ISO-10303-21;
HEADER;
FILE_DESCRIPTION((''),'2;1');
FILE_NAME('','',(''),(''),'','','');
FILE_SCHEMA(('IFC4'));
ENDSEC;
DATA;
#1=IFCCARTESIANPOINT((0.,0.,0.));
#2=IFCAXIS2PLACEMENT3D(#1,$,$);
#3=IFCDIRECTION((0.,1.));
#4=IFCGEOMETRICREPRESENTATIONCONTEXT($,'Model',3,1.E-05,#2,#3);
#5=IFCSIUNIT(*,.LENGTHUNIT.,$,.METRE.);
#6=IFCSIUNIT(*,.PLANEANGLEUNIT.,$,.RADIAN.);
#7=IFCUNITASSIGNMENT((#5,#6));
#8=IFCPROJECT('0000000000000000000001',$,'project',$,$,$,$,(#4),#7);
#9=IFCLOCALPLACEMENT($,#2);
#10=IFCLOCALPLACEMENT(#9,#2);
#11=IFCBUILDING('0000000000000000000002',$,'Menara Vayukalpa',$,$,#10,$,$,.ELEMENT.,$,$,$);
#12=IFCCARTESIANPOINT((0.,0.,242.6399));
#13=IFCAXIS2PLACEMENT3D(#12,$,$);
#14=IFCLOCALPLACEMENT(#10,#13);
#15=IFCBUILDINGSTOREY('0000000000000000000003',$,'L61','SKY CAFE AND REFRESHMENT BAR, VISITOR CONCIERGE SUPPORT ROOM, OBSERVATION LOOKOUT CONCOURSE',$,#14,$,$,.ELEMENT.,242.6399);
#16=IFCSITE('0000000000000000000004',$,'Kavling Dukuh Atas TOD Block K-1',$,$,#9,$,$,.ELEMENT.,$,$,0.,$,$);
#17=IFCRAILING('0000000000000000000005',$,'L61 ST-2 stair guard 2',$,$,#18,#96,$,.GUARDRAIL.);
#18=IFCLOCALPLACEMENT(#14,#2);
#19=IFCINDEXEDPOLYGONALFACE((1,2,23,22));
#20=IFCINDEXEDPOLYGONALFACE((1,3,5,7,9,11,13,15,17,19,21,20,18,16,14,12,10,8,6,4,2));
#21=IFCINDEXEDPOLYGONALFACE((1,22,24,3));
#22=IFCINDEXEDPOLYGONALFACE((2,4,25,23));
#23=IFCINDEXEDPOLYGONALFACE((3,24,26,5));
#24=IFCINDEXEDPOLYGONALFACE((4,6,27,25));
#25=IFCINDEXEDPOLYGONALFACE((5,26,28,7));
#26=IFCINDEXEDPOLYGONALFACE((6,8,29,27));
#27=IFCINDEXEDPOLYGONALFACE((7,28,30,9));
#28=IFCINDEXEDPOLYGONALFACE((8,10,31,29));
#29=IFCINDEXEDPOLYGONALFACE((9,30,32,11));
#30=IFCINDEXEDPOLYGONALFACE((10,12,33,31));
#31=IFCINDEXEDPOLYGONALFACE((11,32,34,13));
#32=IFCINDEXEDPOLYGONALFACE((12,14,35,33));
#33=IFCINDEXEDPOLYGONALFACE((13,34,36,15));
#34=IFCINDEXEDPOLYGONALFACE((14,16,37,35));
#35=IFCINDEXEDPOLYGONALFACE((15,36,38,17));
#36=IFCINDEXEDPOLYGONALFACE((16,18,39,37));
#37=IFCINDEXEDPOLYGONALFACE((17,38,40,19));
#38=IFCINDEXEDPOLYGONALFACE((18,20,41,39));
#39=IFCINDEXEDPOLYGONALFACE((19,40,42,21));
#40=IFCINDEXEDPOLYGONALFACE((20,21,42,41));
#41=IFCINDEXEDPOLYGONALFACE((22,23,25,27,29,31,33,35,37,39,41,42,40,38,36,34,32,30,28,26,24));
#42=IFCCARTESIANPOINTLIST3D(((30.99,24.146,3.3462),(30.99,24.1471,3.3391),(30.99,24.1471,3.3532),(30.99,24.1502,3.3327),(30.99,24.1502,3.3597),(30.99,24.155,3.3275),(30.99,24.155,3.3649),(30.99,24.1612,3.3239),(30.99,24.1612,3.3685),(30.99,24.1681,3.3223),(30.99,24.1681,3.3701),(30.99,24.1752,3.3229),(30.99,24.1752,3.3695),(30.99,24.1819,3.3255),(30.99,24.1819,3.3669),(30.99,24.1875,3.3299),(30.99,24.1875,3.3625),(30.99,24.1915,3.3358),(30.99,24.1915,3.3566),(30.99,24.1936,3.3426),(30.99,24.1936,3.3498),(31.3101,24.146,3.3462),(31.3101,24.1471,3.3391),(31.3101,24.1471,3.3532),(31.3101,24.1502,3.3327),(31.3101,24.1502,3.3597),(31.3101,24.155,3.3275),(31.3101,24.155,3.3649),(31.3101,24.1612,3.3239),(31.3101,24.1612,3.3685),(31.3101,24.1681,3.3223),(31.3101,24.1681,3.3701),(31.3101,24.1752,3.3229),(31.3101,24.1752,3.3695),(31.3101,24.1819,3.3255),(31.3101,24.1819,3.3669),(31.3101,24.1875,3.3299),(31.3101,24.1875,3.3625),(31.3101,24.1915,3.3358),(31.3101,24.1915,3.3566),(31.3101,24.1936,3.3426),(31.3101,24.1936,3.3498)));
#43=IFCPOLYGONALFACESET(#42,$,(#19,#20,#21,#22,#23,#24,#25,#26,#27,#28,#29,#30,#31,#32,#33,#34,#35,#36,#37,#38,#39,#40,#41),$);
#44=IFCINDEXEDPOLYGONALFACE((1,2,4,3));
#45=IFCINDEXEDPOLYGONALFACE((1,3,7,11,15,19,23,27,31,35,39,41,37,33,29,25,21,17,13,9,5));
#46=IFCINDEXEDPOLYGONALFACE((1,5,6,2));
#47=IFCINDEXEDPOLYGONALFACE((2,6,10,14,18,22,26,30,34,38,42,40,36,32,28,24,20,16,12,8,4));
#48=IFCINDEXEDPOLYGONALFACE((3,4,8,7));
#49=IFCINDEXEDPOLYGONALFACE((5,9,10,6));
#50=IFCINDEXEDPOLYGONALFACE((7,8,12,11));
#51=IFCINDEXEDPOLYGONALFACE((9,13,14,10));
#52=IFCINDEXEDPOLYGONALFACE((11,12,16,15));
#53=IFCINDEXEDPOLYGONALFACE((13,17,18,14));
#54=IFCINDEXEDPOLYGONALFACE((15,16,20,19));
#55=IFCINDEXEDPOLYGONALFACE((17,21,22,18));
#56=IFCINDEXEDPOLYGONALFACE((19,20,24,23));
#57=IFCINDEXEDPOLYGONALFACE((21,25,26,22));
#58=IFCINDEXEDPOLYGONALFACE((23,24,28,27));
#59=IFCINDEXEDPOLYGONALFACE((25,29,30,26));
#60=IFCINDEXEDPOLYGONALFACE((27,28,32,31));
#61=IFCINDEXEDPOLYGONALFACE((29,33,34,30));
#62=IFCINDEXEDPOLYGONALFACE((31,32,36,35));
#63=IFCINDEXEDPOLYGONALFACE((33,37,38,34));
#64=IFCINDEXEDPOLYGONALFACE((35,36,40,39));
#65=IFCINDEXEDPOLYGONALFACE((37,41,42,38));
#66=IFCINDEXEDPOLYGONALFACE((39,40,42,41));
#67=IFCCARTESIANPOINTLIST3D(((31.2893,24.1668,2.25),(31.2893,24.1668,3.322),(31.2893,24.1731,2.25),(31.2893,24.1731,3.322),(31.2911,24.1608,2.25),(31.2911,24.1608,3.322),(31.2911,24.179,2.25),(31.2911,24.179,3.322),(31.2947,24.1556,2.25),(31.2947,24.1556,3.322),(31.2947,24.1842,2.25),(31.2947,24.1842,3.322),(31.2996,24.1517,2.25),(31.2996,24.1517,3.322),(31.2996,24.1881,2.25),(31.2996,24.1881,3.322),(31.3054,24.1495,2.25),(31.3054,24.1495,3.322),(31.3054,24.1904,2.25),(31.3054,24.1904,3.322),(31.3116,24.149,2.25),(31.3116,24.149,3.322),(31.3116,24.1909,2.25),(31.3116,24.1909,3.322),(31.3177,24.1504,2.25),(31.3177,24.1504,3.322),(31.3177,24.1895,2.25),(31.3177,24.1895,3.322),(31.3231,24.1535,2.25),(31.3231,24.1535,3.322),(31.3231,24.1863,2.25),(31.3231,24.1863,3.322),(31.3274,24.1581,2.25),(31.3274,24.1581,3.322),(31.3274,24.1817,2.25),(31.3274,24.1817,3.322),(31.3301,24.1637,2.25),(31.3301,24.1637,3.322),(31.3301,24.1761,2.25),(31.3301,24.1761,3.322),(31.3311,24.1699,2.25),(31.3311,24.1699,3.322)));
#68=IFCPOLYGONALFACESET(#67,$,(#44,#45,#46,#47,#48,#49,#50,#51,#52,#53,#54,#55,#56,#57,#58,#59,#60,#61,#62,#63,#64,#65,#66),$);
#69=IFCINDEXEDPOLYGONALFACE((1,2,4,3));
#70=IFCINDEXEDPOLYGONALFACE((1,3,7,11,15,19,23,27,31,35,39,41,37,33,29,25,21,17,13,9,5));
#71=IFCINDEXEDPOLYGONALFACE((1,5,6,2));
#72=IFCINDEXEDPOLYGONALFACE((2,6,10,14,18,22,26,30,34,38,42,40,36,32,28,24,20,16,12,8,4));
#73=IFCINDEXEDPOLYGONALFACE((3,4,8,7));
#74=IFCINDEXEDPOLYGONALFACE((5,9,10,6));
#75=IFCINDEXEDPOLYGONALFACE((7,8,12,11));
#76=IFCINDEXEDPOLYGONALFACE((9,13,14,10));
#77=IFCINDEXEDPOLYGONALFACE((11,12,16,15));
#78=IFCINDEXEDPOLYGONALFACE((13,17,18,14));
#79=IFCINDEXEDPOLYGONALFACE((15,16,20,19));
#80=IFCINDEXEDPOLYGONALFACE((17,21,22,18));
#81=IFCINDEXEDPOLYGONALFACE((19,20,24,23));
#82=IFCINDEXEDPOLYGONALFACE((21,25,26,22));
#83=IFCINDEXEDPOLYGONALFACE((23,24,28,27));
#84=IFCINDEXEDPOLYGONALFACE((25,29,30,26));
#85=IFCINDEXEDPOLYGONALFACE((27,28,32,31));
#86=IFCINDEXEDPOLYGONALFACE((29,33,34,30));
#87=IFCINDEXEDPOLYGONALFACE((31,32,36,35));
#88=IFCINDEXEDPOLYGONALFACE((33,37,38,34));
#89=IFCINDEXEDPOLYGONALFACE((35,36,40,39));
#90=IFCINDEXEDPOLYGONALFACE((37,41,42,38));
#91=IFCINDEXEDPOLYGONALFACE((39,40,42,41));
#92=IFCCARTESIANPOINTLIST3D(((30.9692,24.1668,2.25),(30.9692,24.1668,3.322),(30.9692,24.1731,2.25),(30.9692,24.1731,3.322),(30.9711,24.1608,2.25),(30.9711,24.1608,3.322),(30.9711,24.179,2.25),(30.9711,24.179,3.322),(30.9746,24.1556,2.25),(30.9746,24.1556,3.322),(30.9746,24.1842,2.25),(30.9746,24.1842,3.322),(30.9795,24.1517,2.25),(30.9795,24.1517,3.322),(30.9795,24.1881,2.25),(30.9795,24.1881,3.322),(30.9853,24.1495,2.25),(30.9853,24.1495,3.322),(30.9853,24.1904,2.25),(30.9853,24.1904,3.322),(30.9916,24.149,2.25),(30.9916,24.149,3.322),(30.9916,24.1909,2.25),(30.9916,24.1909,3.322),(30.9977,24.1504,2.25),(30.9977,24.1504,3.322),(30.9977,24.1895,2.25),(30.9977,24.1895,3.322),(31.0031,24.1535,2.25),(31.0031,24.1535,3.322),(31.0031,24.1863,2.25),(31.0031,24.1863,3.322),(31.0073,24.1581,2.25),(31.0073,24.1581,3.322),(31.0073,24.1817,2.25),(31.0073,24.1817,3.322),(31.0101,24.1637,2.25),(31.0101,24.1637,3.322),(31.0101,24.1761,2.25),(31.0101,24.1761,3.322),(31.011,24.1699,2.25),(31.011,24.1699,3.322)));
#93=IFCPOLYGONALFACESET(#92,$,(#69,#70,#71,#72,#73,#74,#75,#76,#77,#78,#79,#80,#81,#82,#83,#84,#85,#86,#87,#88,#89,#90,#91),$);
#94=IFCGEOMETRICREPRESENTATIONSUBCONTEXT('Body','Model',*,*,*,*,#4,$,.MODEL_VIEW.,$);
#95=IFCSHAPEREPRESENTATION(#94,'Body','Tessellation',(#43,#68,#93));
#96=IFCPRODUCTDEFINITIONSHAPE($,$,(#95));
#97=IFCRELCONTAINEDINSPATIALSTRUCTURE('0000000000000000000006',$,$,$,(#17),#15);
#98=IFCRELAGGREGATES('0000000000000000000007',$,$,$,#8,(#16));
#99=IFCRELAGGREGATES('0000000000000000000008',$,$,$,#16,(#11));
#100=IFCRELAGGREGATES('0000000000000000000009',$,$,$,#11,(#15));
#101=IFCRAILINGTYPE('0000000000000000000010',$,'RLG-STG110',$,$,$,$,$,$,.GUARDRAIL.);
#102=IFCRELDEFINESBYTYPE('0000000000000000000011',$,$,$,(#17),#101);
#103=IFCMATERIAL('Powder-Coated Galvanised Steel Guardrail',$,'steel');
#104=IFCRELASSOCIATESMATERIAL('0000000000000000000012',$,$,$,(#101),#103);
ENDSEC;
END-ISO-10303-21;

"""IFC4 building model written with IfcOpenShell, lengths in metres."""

from ifc_helpers import new_model, si_unit, direction, frame, origin, origin_2d, place, context, subcontext, project, spatial, circle, extrude, material, type_object, element, save


model = new_model("IFC4")

# Units and contexts
model_context = context("Model", 3, precision=1e-05, world=origin(), true_north=direction((0.0, 1.0)))
body_context = subcontext(model_context, "Body", "Model", "MODEL_VIEW")
ifc_project = project(units=[si_unit("LENGTHUNIT", "METRE"), si_unit("PLANEANGLEUNIT", "RADIAN")], contexts=[model_context])

# Site, building, storey
site_placement = place(None, origin())
site = spatial("IfcSite", under=ifc_project, at=site_placement, Name="Kavling Dukuh Atas TOD Block K-1", CompositionType="ELEMENT", RefElevation=0.0)
building_placement = place(site_placement, origin())
building = spatial("IfcBuilding", under=site, at=building_placement, Name="Menara Vayukalpa", CompositionType="ELEMENT")
storey_placement = place(building_placement, frame((0.0, 0.0, 242.6399)))
storey = spatial("IfcBuildingStorey", under=building, at=storey_placement, Name="L61", Description="SKY CAFE AND REFRESHMENT BAR, VISITOR CONCIERGE SUPPORT ROOM, OBSERVATION LOOKOUT CONCOURSE", CompositionType="ELEMENT", Elevation=242.6399)

# Railing
ifc_material_1 = material(Name="Powder-Coated Galvanised Steel Guardrail", Category="steel")
railing_type_1 = type_object("IfcRailingType", Name="RLG-STG110", PredefinedType="GUARDRAIL", material=ifc_material_1)
railing_1_placement = place(storey_placement, frame((31.3101, 24.1699, 2.25)))
element("IfcRailing", 1, at=railing_1_placement, inside=storey, type_object=railing_type_1, Name="L61 ST-2 stair guard 2", PredefinedType="GUARDRAIL", context=body_context, shape_type="SweptSolid", body=[
    extrude(circle(Radius=0.0239, at=origin_2d()), frame((0.0, 0.0, 1.0962), z_axis=(-1.0, 0.0, 0.0), x_axis=(0.0, -1.0, 0.0)), (0.0, 0.0, 1.0), 0.3201),
    extrude(circle(Radius=0.021, at=origin_2d()), origin(), (0.0, 0.0, 1.0), 1.072),
    extrude(circle(Radius=0.021, at=origin_2d()), frame((-0.3201, 0.0, 0.0)), (0.0, 0.0, 1.0), 1.072),
])

save(model, "model.ifc")
